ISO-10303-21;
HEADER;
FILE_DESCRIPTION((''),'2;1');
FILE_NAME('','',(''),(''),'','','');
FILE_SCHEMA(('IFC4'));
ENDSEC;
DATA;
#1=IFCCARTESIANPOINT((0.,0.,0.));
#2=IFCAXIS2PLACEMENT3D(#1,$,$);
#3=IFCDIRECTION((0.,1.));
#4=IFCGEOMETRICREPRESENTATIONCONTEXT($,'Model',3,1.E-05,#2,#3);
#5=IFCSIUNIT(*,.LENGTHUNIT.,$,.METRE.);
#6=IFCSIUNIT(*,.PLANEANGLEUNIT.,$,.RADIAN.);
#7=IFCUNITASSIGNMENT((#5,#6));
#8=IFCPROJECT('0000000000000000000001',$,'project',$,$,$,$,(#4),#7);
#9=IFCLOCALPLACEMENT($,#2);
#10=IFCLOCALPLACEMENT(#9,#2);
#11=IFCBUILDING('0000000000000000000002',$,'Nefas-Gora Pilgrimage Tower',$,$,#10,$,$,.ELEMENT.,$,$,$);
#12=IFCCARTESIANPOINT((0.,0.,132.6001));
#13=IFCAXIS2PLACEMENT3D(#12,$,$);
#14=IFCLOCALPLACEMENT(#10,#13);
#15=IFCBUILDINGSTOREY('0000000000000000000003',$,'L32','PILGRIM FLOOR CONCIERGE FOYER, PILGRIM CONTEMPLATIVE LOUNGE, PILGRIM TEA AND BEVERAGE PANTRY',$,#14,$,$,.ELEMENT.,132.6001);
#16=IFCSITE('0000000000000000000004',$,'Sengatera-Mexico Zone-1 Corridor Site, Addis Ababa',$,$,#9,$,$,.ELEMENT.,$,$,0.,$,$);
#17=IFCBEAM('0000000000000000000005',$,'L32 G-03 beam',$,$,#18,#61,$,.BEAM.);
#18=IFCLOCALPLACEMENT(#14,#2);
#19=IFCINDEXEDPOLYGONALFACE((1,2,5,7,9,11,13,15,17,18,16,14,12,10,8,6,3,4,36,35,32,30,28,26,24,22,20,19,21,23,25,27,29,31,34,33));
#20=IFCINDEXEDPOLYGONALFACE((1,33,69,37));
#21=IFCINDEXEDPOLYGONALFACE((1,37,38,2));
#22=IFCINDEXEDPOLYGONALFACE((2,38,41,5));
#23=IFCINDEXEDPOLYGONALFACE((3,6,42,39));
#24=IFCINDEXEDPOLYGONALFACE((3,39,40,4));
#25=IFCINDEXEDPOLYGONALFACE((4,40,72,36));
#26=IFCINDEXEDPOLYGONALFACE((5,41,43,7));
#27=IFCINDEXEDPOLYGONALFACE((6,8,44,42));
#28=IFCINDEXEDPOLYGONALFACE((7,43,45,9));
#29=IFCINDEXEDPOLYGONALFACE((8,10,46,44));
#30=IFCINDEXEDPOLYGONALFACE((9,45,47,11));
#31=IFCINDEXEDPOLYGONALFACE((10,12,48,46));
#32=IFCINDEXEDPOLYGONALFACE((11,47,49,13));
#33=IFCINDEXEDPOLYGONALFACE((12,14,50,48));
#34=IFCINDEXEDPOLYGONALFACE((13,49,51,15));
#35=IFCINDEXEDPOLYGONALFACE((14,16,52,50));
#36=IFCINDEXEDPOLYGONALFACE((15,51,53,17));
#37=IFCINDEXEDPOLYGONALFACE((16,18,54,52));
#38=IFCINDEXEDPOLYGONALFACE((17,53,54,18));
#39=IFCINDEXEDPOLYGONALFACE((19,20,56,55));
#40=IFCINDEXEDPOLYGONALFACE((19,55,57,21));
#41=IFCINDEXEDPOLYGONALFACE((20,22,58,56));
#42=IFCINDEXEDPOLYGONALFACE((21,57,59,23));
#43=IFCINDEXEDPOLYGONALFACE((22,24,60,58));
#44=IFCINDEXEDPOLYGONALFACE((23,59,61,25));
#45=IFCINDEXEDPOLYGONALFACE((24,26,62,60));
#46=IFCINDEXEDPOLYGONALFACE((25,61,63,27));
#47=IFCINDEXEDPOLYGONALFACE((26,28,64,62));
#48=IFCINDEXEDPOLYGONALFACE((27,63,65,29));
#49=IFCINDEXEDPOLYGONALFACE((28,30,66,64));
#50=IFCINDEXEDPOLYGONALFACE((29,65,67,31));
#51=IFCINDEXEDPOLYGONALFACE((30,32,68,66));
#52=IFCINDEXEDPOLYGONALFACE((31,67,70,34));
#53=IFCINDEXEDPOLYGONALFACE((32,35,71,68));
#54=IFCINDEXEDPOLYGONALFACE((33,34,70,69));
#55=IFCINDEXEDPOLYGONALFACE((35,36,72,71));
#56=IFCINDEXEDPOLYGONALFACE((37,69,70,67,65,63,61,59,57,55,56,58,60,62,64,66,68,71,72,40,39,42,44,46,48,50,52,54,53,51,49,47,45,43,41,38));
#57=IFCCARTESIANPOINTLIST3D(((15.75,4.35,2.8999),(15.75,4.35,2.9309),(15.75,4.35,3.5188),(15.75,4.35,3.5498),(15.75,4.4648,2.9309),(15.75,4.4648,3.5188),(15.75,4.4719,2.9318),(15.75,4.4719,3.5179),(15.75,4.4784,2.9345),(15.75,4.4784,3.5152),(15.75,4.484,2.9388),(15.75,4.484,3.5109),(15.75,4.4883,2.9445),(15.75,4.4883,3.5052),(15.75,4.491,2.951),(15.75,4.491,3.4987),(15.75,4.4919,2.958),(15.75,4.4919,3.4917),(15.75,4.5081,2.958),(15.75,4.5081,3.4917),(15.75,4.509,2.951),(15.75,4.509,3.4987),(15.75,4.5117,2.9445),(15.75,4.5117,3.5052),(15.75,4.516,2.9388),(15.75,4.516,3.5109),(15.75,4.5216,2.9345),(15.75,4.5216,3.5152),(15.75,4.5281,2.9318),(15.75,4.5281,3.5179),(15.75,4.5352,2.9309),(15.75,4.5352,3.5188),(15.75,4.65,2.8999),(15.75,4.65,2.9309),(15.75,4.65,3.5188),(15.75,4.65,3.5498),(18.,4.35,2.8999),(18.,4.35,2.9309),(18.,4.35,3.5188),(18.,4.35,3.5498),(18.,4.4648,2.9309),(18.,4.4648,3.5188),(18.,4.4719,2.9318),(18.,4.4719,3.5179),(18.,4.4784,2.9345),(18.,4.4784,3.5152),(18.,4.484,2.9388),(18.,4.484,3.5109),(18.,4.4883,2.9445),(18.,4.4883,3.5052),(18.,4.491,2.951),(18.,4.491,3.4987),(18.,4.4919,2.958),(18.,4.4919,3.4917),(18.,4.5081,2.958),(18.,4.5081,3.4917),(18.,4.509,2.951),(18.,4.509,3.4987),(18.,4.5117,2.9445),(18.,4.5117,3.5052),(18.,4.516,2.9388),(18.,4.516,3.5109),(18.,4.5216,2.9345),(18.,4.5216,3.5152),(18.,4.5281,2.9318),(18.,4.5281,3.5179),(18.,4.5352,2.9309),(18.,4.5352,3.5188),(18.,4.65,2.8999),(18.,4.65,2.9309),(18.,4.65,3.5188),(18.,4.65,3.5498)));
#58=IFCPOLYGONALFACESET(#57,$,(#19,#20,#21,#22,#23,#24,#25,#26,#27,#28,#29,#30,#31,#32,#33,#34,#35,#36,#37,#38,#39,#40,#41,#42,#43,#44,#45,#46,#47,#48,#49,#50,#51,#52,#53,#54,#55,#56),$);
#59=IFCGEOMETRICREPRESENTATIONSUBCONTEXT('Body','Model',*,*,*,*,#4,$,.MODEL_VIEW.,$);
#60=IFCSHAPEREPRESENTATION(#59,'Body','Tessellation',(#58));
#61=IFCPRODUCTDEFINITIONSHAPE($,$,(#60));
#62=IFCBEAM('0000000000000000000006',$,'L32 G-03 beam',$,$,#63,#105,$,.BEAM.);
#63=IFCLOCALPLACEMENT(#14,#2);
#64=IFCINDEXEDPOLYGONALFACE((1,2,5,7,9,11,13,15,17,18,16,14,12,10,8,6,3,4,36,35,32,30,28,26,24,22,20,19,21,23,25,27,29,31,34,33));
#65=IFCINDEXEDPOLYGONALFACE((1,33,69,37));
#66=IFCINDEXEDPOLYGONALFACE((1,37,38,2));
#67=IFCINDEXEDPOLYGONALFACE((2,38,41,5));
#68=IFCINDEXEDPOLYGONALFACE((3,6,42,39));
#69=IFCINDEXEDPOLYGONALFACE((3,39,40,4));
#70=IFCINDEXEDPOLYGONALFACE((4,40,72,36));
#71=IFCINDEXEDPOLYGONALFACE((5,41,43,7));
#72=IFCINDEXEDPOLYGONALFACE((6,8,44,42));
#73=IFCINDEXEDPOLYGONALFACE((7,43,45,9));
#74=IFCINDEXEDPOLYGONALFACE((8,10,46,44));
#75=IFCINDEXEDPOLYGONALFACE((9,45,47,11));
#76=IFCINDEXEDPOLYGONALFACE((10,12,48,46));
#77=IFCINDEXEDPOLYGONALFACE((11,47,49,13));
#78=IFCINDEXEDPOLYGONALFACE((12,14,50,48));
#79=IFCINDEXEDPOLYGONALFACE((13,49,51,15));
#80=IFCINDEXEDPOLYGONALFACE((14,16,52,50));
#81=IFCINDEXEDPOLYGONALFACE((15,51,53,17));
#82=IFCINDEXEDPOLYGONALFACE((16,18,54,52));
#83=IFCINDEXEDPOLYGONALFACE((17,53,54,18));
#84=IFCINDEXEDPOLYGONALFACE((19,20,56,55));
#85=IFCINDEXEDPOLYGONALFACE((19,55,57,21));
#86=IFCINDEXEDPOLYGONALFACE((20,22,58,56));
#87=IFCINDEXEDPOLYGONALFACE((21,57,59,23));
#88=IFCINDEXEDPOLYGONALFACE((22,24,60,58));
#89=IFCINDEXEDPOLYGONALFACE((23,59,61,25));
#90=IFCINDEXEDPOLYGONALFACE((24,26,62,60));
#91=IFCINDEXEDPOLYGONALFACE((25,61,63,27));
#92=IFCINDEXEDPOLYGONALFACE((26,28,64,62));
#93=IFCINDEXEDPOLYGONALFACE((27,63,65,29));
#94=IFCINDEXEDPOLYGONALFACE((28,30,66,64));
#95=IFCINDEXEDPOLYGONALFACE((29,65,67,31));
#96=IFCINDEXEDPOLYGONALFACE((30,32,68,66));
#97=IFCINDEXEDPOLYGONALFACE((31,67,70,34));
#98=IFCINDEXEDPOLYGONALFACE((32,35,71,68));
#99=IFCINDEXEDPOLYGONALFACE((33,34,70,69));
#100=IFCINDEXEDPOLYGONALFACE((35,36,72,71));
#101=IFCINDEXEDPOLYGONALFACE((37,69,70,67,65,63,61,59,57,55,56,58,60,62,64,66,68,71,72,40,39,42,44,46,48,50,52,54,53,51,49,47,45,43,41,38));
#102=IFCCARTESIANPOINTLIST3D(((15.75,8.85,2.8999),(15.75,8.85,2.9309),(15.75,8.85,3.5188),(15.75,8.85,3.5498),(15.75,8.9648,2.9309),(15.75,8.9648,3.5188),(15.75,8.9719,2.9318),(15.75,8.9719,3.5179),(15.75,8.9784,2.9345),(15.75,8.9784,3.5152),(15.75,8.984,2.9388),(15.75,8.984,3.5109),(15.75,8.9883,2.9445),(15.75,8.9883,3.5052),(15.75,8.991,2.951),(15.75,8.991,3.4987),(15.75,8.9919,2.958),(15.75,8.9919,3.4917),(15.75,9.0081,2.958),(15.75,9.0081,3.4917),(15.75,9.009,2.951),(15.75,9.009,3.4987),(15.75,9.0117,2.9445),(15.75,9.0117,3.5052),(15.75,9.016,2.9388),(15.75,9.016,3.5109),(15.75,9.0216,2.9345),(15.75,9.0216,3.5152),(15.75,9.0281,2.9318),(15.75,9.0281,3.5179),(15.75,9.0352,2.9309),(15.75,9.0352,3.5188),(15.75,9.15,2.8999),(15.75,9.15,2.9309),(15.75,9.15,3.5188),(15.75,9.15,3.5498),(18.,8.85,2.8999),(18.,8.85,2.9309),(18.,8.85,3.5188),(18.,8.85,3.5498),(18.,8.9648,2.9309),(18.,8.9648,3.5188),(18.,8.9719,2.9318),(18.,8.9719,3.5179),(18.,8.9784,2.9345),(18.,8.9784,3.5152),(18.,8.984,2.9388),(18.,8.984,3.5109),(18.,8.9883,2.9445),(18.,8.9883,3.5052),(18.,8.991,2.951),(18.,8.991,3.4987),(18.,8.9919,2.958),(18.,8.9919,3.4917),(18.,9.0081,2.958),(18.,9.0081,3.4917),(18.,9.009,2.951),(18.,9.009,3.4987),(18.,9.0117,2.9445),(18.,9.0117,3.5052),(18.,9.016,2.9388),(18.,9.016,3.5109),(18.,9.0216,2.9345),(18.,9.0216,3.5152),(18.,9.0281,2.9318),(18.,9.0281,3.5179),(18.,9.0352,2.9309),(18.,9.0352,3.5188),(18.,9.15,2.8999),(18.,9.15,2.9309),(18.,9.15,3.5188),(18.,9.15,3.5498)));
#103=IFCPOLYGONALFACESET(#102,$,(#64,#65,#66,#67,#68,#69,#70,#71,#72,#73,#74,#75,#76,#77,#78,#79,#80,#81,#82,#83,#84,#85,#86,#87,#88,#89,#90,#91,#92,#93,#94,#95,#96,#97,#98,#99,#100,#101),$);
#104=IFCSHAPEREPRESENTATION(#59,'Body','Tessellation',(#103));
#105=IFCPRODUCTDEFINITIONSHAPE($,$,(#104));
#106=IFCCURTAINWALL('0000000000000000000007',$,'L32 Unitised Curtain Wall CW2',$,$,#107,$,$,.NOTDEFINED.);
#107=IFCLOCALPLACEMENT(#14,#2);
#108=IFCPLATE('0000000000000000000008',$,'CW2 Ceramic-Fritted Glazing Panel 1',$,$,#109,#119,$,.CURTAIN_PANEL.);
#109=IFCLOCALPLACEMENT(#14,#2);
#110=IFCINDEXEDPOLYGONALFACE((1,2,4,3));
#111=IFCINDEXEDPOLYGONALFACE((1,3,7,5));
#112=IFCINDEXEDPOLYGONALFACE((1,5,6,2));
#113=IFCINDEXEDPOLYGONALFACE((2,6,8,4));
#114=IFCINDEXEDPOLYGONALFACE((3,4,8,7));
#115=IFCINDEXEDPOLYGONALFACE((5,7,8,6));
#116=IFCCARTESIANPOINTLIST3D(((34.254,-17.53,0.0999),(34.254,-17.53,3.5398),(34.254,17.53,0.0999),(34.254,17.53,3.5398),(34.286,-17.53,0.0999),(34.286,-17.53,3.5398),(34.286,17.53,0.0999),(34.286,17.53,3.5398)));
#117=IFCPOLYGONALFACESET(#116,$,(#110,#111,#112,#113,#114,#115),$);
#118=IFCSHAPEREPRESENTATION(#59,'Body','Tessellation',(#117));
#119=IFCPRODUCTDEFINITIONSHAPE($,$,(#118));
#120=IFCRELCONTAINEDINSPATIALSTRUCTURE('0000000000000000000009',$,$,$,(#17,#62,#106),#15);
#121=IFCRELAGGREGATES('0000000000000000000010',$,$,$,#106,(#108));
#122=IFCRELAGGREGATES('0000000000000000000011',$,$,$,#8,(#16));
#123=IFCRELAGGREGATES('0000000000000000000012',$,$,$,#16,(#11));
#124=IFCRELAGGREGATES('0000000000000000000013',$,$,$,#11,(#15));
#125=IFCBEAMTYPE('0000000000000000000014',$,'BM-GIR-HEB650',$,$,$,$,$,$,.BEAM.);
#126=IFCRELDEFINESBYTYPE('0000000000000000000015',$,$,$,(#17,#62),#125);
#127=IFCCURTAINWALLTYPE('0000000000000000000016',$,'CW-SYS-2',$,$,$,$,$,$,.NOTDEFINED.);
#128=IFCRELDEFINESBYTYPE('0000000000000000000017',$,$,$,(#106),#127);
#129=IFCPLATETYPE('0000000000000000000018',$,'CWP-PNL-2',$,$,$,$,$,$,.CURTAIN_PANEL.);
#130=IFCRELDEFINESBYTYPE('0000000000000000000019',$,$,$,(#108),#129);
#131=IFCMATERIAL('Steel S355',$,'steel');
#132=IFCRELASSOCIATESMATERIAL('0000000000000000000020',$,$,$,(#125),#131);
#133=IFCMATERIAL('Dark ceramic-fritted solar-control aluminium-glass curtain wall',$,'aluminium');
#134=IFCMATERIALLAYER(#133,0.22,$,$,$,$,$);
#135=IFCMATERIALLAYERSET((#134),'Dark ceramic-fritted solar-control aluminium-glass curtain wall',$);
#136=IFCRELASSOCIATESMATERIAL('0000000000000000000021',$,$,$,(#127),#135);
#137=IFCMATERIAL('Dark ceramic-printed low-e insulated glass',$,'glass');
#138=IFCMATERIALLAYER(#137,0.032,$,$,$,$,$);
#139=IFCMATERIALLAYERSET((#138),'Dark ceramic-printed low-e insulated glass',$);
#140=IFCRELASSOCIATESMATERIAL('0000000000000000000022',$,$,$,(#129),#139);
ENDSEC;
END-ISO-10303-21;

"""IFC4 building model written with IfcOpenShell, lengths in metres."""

from ifc_helpers import new_model, si_unit, direction, frame, origin, origin_2d, place, context, subcontext, project, spatial, rectangle, i_section, extrude, source, transform, mapped, material, layer, layer_set, material_profile, profile_set, type_object, element, aggregate, save


model = new_model("IFC4")

# Units and contexts
model_context = context("Model", 3, precision=1e-05, world=origin(), true_north=direction((0.0, 1.0)))
body_context = subcontext(model_context, "Body", "Model", "MODEL_VIEW")
ifc_project = project(units=[si_unit("LENGTHUNIT", "METRE"), si_unit("PLANEANGLEUNIT", "RADIAN")], contexts=[model_context])

# Site, building, storey
site_placement = place(None, origin())
site = spatial("IfcSite", under=ifc_project, at=site_placement, Name="Sengatera-Mexico Zone-1 Corridor Site, Addis Ababa", CompositionType="ELEMENT", RefElevation=0.0)
building_placement = place(site_placement, origin())
building = spatial("IfcBuilding", under=site, at=building_placement, Name="Nefas-Gora Pilgrimage Tower", CompositionType="ELEMENT")
storey_placement = place(building_placement, frame((0.0, 0.0, 132.6001)))
storey = spatial("IfcBuildingStorey", under=building, at=storey_placement, Name="L32", Description="PILGRIM FLOOR CONCIERGE FOYER, PILGRIM CONTEMPLATIVE LOUNGE, PILGRIM TEA AND BEVERAGE PANTRY", CompositionType="ELEMENT", Elevation=132.6001)

# Beams
ifc_material_1 = material(Name="Steel S355", Category="steel")
ifc_material_profile_1 = material_profile(ifc_material_1, i_section(OverallWidth=0.3, OverallDepth=0.6499, WebThickness=0.0161, FlangeThickness=0.031, FilletRadius=0.0271, at=origin_2d()), Name="HEB 650")
ifc_profile_set_1 = profile_set([ifc_material_profile_1], Name="Steel S355")
beam_type_1 = type_object("IfcBeamType", Name="BM-GIR-HEB650", PredefinedType="BEAM", material=ifc_profile_set_1)
shared_shape_1 = source(origin(), body_context, "Body", "SweptSolid", [
    extrude(i_section(OverallWidth=0.3, OverallDepth=0.6499, WebThickness=0.0161, FlangeThickness=0.031, FilletRadius=0.0271, at=origin_2d()), origin(), (0.0, 0.0, 1.0), 2.25),
])
for number, where, z_axis, x_axis, name in (
    (1, (15.75, 4.5, 3.2249), (1.0, 0.0, 0.0), (0.0, 1.0, 0.0), "L32 G-03 beam"),
    (2, (15.75, 9.0, 3.2249), (1.0, 0.0, 0.0), (0.0, 1.0, 0.0), "L32 G-03 beam"),
):
    element("IfcBeam", number, at=place(storey_placement, frame(where, z_axis=z_axis, x_axis=x_axis)), inside=storey, type_object=beam_type_1, Name=name, PredefinedType="BEAM", context=body_context, shape_type="MappedRepresentation", body=[
        mapped(shared_shape_1, transform((0.0, 0.0, 0.0), x_axis=(1.0, 0.0, 0.0), y_axis=(0.0, 1.0, 0.0), z_axis=(0.0, 0.0, 1.0), scale=1.0)),
    ])

# Curtain wall, plate
ifc_material_2 = material(Name="Dark ceramic-fritted solar-control aluminium-glass curtain wall", Category="aluminium")
ifc_layer_1 = layer(ifc_material_2, 0.22)
ifc_layer_set_1 = layer_set([ifc_layer_1], Name="Dark ceramic-fritted solar-control aluminium-glass curtain wall")
curtain_wall_type = type_object("IfcCurtainWallType", Name="CW-SYS-2", PredefinedType="NOTDEFINED", material=ifc_layer_set_1)
curtain_wall_placement = place(storey_placement, origin())
curtain_wall = element("IfcCurtainWall", 3, at=curtain_wall_placement, inside=storey, type_object=curtain_wall_type, Name="L32 Unitised Curtain Wall CW2", PredefinedType="NOTDEFINED")
ifc_material_3 = material(Name="Dark ceramic-printed low-e insulated glass", Category="glass")
ifc_layer_2 = layer(ifc_material_3, 0.032)
ifc_layer_set_2 = layer_set([ifc_layer_2], Name="Dark ceramic-printed low-e insulated glass")
plate_type = type_object("IfcPlateType", Name="CWP-PNL-2", PredefinedType="CURTAIN_PANEL", material=ifc_layer_set_2)
shared_shape_2 = source(origin(), body_context, "Body", "SweptSolid", [
    extrude(rectangle(XDim=35.0601, YDim=0.032, at=origin_2d()), origin(), (0.0, 0.0, 1.0), 3.4399),
])
plate_placement = place(storey_placement, frame((34.27, 0.0, 0.0999), z_axis=(0.0, 0.0, 1.0), x_axis=(0.0, 1.0, 0.0)))
plate = element("IfcPlate", 4, at=plate_placement, type_object=plate_type, Name="CW2 Ceramic-Fritted Glazing Panel 1", PredefinedType="CURTAIN_PANEL", context=body_context, shape_type="MappedRepresentation", body=[
    mapped(shared_shape_2, transform((0.0, 0.0, 0.0), x_axis=(1.0, 0.0, 0.0), y_axis=(0.0, 1.0, 0.0), z_axis=(0.0, 0.0, 1.0), scale=1.0)),
])
aggregate(curtain_wall, [plate])

save(model, "model.ifc")
